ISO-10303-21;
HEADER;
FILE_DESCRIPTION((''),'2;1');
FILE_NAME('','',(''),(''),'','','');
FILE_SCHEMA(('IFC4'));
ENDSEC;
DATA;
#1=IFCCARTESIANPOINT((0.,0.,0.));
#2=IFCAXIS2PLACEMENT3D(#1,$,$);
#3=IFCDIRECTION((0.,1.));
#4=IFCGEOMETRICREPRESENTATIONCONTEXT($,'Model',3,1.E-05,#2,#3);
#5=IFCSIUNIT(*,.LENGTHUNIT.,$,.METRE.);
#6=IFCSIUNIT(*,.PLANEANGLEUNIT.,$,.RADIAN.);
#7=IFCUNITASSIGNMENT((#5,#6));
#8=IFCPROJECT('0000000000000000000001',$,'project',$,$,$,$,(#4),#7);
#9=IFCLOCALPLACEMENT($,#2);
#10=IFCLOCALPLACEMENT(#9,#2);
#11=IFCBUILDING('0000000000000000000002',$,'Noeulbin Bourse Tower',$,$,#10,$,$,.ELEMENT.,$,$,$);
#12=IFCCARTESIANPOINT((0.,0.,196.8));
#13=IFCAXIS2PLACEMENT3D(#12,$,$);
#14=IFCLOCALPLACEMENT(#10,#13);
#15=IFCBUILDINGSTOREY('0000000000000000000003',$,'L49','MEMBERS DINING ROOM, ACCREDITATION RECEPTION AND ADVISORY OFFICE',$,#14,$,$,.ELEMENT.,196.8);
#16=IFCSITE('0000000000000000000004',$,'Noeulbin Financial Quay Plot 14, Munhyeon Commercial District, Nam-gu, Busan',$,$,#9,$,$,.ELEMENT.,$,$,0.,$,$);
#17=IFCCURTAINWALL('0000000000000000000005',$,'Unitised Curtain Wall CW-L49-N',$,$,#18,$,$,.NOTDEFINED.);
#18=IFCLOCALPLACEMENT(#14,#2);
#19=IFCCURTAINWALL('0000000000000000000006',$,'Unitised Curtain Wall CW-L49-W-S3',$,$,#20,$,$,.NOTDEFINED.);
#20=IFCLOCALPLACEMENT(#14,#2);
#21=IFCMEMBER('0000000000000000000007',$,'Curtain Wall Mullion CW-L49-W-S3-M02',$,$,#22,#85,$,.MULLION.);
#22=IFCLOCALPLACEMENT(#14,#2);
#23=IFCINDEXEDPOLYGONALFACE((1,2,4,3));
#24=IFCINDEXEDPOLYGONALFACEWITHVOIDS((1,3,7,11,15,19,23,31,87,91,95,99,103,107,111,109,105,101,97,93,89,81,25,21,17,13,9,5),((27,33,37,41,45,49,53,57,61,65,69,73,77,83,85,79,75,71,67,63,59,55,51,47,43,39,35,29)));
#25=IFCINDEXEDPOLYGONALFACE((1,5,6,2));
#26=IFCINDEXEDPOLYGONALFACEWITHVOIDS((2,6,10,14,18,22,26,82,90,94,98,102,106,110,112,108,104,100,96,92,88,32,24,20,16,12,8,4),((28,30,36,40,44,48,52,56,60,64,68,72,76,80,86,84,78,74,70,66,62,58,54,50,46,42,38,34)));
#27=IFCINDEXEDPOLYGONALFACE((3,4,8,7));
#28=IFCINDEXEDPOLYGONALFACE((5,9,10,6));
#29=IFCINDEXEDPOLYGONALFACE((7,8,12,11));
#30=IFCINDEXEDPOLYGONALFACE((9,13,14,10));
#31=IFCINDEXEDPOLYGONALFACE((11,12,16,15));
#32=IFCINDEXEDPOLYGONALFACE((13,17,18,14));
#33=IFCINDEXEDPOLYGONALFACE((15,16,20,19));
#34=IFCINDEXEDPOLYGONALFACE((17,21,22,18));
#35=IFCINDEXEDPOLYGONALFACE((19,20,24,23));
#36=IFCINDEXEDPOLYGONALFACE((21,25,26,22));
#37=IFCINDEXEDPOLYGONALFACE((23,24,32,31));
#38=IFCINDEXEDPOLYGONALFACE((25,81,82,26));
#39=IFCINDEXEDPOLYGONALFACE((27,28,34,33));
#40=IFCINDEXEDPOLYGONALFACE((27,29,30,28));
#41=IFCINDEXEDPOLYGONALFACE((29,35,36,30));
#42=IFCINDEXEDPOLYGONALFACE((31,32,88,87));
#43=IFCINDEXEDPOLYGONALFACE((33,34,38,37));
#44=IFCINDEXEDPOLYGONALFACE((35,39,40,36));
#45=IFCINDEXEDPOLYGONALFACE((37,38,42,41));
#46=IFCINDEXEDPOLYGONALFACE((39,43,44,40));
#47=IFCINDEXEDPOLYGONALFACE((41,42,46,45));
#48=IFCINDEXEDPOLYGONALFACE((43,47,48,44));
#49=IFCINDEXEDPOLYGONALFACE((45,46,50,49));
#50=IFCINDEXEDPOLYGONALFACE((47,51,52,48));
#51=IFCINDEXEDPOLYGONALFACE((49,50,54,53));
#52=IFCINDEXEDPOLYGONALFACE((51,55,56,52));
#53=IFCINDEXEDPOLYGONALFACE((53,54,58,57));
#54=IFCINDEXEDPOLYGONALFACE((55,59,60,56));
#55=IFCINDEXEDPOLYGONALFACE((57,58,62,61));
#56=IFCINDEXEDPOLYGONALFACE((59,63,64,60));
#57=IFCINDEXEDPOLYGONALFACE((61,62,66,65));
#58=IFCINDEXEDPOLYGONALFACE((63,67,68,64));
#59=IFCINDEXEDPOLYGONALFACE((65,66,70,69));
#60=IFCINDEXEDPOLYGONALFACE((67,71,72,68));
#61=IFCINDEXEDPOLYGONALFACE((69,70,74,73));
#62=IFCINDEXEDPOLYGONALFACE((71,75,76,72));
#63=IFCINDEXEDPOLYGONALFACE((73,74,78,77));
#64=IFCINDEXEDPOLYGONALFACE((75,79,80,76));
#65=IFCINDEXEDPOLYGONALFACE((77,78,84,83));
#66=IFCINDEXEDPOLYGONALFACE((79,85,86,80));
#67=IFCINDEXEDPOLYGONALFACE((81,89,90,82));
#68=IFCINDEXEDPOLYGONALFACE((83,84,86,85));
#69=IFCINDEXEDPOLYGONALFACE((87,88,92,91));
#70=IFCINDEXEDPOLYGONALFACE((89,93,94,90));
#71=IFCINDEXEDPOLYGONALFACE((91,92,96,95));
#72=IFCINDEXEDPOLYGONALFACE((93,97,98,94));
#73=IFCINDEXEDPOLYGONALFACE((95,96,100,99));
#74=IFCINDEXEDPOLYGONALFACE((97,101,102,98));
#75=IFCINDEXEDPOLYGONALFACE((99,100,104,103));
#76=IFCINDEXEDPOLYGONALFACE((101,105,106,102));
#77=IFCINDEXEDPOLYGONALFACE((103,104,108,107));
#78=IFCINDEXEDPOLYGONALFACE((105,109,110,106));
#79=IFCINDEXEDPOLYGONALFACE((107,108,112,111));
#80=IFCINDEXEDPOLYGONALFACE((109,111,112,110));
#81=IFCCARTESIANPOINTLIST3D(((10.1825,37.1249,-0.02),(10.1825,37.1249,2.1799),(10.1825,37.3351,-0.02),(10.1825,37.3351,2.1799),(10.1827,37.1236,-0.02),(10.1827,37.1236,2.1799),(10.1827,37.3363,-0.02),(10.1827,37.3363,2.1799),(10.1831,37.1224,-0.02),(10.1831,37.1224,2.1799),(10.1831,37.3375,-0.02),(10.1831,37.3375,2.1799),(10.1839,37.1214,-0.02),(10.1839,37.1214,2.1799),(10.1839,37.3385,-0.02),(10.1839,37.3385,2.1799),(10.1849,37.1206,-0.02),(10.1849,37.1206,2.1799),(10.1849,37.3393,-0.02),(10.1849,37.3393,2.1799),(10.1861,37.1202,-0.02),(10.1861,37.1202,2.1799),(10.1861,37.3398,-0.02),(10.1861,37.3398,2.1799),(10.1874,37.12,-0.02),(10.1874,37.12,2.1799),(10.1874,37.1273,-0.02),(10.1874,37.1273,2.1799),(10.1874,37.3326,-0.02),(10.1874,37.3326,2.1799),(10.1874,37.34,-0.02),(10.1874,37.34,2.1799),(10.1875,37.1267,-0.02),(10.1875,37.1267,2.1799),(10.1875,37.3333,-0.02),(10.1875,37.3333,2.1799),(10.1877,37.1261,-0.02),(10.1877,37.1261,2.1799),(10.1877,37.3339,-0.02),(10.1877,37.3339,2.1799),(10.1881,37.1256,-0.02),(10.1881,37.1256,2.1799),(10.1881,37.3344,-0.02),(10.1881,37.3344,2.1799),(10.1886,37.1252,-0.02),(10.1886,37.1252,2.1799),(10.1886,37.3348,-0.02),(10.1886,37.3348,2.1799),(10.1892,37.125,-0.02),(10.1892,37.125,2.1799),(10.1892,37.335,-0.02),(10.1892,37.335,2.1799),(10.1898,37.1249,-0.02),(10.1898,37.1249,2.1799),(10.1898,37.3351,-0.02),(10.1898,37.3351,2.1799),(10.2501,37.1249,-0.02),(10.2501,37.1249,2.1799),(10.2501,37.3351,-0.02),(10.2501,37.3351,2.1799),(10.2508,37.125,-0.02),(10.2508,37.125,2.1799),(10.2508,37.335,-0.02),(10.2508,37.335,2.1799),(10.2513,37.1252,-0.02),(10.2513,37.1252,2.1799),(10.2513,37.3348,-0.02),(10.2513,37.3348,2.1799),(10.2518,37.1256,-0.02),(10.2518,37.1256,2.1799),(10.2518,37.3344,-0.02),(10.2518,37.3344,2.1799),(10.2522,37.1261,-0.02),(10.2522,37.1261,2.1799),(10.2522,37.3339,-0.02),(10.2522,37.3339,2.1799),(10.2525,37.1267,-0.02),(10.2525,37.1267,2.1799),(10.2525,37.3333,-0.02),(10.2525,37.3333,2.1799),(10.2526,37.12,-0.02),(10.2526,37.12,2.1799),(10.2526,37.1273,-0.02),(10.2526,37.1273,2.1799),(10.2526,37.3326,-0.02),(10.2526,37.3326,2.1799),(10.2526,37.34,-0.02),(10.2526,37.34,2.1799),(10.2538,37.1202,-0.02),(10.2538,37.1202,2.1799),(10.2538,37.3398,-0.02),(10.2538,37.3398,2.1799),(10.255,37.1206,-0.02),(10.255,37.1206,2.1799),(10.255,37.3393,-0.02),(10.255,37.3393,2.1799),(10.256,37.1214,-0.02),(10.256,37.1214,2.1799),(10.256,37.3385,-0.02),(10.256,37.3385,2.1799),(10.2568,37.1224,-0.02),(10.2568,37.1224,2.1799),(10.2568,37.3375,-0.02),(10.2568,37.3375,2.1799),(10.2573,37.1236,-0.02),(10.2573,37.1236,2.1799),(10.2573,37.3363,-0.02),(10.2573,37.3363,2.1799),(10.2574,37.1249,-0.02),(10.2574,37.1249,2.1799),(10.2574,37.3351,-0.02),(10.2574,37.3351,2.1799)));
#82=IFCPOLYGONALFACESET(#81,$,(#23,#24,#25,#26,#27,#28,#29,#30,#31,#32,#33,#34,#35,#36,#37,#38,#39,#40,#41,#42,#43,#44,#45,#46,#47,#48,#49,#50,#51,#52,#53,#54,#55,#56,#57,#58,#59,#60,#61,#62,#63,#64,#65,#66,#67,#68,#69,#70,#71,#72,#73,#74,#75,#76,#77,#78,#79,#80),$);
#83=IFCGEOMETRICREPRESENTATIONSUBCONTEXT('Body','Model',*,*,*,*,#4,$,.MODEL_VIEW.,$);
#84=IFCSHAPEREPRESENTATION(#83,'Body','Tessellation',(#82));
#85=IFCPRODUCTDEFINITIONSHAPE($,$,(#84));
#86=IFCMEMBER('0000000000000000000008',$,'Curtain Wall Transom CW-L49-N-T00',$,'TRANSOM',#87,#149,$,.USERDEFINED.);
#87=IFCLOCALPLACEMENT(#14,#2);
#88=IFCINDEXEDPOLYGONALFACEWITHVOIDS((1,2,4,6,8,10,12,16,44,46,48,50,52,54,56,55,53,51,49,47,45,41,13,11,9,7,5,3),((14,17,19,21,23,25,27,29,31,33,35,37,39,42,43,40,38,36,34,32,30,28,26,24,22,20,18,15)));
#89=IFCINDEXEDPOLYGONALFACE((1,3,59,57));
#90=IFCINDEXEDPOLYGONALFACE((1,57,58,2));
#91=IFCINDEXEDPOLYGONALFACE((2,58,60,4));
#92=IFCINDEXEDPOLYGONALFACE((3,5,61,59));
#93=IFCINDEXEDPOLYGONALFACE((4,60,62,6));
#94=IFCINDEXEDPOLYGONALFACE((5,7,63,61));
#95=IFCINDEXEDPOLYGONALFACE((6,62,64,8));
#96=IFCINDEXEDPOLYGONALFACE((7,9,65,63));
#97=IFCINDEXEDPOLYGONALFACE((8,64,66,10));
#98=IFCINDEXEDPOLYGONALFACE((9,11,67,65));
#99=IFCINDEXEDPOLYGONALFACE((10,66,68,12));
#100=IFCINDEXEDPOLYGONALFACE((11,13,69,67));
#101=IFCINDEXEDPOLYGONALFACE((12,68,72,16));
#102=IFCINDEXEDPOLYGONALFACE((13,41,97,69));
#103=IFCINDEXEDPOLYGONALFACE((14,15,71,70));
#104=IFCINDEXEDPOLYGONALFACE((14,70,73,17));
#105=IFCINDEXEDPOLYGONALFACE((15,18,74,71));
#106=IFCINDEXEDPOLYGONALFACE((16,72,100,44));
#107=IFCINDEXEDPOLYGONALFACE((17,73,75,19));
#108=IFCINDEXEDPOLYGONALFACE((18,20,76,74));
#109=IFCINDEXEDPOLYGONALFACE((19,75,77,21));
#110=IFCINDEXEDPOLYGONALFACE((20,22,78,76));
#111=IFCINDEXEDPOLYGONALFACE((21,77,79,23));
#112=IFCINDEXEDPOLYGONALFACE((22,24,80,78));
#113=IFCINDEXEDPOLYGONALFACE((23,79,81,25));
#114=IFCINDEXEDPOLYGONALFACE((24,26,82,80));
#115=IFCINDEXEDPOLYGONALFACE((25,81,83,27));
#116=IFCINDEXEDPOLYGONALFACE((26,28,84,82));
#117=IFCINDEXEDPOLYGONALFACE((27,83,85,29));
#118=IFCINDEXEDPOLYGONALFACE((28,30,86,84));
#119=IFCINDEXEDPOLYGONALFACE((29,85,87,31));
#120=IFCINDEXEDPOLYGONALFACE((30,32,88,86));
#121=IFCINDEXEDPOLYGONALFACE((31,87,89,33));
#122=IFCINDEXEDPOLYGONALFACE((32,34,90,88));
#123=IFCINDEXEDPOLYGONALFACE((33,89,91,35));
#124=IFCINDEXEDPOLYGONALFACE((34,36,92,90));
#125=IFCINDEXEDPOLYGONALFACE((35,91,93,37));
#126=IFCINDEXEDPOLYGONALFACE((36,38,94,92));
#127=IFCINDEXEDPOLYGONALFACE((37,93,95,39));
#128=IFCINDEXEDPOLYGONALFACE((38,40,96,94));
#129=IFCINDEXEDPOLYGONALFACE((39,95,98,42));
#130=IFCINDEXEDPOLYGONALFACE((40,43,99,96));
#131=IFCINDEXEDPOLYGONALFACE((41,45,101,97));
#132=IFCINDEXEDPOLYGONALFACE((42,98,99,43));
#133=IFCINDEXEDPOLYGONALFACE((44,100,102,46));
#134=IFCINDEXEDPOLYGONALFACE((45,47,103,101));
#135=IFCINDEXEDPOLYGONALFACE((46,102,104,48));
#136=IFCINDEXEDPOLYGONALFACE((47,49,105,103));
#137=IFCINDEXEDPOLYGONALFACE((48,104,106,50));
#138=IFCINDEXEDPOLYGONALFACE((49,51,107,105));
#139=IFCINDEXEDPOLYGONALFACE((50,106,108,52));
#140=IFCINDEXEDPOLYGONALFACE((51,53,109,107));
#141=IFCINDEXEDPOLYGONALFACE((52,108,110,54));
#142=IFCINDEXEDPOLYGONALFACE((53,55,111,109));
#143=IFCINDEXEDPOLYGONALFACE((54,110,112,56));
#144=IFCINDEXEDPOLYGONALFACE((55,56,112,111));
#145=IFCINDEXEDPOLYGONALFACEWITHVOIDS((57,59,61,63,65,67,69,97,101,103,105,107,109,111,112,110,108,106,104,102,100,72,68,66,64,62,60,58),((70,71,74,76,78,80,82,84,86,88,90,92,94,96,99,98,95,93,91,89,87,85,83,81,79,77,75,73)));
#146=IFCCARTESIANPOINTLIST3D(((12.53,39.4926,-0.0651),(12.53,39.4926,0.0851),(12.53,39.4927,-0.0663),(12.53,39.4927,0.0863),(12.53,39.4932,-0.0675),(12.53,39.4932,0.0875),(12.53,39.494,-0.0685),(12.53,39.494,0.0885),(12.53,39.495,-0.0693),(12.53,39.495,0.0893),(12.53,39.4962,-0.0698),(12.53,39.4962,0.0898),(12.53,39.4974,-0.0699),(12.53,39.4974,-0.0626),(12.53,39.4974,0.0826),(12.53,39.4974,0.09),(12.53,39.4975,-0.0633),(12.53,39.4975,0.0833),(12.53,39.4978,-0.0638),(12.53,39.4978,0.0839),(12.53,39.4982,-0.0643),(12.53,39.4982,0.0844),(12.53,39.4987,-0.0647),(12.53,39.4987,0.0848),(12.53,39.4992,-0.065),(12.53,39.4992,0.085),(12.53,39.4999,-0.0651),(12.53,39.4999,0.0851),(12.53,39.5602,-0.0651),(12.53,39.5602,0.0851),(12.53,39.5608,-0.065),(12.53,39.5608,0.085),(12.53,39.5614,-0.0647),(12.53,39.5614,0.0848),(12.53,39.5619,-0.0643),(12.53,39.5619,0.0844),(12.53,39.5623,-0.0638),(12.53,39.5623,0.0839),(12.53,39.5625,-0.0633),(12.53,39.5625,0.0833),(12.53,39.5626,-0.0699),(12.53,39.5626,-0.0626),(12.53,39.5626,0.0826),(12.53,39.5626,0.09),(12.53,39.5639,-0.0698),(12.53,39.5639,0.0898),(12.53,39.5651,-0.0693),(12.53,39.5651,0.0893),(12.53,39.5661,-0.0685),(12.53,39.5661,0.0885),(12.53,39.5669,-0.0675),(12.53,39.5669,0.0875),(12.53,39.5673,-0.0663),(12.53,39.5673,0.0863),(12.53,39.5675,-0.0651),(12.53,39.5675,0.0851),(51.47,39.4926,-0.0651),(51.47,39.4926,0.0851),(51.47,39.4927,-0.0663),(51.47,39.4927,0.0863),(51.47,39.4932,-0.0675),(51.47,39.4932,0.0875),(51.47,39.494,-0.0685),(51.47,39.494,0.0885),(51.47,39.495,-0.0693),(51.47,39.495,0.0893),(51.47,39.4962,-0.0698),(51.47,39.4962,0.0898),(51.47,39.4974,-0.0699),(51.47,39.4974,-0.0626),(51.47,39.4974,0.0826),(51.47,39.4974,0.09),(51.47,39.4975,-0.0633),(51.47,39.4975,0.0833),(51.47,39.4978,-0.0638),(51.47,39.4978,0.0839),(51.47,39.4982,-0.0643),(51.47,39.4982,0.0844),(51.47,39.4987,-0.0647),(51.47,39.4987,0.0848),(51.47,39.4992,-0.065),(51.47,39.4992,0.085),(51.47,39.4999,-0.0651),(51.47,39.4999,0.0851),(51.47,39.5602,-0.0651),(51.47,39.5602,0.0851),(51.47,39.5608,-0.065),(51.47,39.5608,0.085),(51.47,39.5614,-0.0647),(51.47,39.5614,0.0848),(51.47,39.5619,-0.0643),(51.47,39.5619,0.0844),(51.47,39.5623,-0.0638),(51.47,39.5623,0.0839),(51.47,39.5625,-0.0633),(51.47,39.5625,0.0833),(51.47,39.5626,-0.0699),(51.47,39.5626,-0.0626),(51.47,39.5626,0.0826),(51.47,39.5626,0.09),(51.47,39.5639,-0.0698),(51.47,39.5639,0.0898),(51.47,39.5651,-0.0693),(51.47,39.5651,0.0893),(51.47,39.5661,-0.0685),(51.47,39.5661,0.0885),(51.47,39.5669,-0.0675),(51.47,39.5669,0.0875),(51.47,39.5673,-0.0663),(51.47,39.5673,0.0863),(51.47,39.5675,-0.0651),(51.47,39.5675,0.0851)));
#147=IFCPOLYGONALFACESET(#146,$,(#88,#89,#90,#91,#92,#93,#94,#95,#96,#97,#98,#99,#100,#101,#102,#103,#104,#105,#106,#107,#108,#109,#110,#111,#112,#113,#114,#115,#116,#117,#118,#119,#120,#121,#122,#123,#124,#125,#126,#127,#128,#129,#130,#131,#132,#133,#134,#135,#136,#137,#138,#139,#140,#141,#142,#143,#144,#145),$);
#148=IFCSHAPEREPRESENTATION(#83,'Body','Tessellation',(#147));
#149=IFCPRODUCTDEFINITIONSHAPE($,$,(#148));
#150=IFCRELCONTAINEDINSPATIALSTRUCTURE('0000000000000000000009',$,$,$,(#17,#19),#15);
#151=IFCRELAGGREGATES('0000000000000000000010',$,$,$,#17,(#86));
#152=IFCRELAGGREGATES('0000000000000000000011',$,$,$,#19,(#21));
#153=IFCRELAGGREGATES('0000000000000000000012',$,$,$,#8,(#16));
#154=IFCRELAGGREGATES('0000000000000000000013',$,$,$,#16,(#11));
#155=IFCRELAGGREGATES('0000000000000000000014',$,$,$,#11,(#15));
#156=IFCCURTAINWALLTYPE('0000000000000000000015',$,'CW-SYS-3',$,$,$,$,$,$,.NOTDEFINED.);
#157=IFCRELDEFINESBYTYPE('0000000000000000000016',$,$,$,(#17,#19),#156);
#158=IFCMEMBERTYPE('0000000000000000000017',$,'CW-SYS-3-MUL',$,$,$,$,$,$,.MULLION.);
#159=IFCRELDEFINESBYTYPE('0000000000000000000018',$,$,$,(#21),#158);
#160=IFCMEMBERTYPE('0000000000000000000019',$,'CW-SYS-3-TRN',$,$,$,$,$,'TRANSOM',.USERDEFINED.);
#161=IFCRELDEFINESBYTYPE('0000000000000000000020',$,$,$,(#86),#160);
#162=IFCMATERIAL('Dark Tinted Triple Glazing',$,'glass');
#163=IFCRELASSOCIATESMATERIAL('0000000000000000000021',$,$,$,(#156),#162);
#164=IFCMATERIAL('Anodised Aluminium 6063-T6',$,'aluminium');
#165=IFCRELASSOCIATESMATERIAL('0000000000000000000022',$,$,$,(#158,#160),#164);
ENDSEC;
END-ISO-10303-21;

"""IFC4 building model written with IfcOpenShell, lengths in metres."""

from ifc_helpers import new_model, si_unit, direction, frame, origin, origin_2d, place, context, subcontext, project, spatial, hollow_rectangle, extrude, material, material_profile, profile_set, type_object, element, aggregate, save


model = new_model("IFC4")

# Units and contexts
model_context = context("Model", 3, precision=1e-05, world=origin(), true_north=direction((0.0, 1.0)))
body_context = subcontext(model_context, "Body", "Model", "MODEL_VIEW")
ifc_project = project(units=[si_unit("LENGTHUNIT", "METRE"), si_unit("PLANEANGLEUNIT", "RADIAN")], contexts=[model_context])

# Site, building, storey
site_placement = place(None, origin())
site = spatial("IfcSite", under=ifc_project, at=site_placement, Name="Noeulbin Financial Quay Plot 14, Munhyeon Commercial District, Nam-gu, Busan", CompositionType="ELEMENT", RefElevation=0.0)
building_placement = place(site_placement, origin())
building = spatial("IfcBuilding", under=site, at=building_placement, Name="Noeulbin Bourse Tower", CompositionType="ELEMENT")
storey_placement = place(building_placement, frame((0.0, 0.0, 196.8)))
storey = spatial("IfcBuildingStorey", under=building, at=storey_placement, Name="L49", Description="MEMBERS DINING ROOM, ACCREDITATION RECEPTION AND ADVISORY OFFICE", CompositionType="ELEMENT", Elevation=196.8)

# Curtain wall
ifc_material_1 = material(Name="Dark Tinted Triple Glazing", Category="glass")
curtain_wall_type = type_object("IfcCurtainWallType", Name="CW-SYS-3", PredefinedType="NOTDEFINED", material=ifc_material_1)
curtain_wall_1_placement = place(storey_placement, origin())
curtain_wall_1 = element("IfcCurtainWall", 1, at=curtain_wall_1_placement, inside=storey, type_object=curtain_wall_type, Name="Unitised Curtain Wall CW-L49-N", PredefinedType="NOTDEFINED")
ifc_material_2 = material(Name="Anodised Aluminium 6063-T6", Category="aluminium")
ifc_material_profile_1 = material_profile(ifc_material_2, hollow_rectangle(XDim=0.075, YDim=0.22, WallThickness=0.0049, InnerFilletRadius=0.0024, OuterFilletRadius=0.0049, at=origin_2d()), Name="ALU-MULL-75x220x5", Category="LoadBearing")
ifc_profile_set_1 = profile_set([ifc_material_profile_1], Name="Anodised Aluminium 6063-T6")
member_type_1 = type_object("IfcMemberType", Name="CW-SYS-3-MUL", PredefinedType="MULLION", material=ifc_profile_set_1)

# Curtain wall, member
curtain_wall_2_placement = place(storey_placement, origin())
curtain_wall_2 = element("IfcCurtainWall", 2, at=curtain_wall_2_placement, inside=storey, type_object=curtain_wall_type, Name="Unitised Curtain Wall CW-L49-W-S3", PredefinedType="NOTDEFINED")
member_1_placement = place(storey_placement, frame((10.22, 37.23, -0.02), z_axis=(0.0, 0.0, 1.0), x_axis=(1.0, 0.0, 0.0)))
member_1 = element("IfcMember", 3, at=member_1_placement, type_object=member_type_1, Name="Curtain Wall Mullion CW-L49-W-S3-M02", PredefinedType="MULLION", context=body_context, shape_type="SweptSolid", body=[
    extrude(hollow_rectangle(XDim=0.075, YDim=0.22, WallThickness=0.0049, InnerFilletRadius=0.0024, OuterFilletRadius=0.0049, at=origin_2d()), origin(), (0.0, 0.0, 1.0), 2.2),
])

# Member
ifc_material_profile_2 = material_profile(ifc_material_2, hollow_rectangle(XDim=0.075, YDim=0.1599, WallThickness=0.0049, InnerFilletRadius=0.0024, OuterFilletRadius=0.0049, at=origin_2d()), Name="ALU-TRAN-75x160x5", Category="LoadBearing")
ifc_profile_set_2 = profile_set([ifc_material_profile_2], Name="Anodised Aluminium 6063-T6")
member_type_2 = type_object("IfcMemberType", Name="CW-SYS-3-TRN", ElementType="TRANSOM", PredefinedType="USERDEFINED", material=ifc_profile_set_2)
member_2_placement = place(storey_placement, frame((12.53, 39.53, 0.01), z_axis=(1.0, 0.0, 0.0), x_axis=(0.0, 1.0, 0.0)))
member_2 = element("IfcMember", 4, at=member_2_placement, type_object=member_type_2, Name="Curtain Wall Transom CW-L49-N-T00", ObjectType="TRANSOM", PredefinedType="USERDEFINED", context=body_context, shape_type="SweptSolid", body=[
    extrude(hollow_rectangle(XDim=0.075, YDim=0.1599, WallThickness=0.0049, InnerFilletRadius=0.0024, OuterFilletRadius=0.0049, at=origin_2d()), origin(), (0.0, 0.0, 1.0), 38.9399),
])

aggregate(curtain_wall_1, [member_2])
aggregate(curtain_wall_2, [member_1])

save(model, "model.ifc")
